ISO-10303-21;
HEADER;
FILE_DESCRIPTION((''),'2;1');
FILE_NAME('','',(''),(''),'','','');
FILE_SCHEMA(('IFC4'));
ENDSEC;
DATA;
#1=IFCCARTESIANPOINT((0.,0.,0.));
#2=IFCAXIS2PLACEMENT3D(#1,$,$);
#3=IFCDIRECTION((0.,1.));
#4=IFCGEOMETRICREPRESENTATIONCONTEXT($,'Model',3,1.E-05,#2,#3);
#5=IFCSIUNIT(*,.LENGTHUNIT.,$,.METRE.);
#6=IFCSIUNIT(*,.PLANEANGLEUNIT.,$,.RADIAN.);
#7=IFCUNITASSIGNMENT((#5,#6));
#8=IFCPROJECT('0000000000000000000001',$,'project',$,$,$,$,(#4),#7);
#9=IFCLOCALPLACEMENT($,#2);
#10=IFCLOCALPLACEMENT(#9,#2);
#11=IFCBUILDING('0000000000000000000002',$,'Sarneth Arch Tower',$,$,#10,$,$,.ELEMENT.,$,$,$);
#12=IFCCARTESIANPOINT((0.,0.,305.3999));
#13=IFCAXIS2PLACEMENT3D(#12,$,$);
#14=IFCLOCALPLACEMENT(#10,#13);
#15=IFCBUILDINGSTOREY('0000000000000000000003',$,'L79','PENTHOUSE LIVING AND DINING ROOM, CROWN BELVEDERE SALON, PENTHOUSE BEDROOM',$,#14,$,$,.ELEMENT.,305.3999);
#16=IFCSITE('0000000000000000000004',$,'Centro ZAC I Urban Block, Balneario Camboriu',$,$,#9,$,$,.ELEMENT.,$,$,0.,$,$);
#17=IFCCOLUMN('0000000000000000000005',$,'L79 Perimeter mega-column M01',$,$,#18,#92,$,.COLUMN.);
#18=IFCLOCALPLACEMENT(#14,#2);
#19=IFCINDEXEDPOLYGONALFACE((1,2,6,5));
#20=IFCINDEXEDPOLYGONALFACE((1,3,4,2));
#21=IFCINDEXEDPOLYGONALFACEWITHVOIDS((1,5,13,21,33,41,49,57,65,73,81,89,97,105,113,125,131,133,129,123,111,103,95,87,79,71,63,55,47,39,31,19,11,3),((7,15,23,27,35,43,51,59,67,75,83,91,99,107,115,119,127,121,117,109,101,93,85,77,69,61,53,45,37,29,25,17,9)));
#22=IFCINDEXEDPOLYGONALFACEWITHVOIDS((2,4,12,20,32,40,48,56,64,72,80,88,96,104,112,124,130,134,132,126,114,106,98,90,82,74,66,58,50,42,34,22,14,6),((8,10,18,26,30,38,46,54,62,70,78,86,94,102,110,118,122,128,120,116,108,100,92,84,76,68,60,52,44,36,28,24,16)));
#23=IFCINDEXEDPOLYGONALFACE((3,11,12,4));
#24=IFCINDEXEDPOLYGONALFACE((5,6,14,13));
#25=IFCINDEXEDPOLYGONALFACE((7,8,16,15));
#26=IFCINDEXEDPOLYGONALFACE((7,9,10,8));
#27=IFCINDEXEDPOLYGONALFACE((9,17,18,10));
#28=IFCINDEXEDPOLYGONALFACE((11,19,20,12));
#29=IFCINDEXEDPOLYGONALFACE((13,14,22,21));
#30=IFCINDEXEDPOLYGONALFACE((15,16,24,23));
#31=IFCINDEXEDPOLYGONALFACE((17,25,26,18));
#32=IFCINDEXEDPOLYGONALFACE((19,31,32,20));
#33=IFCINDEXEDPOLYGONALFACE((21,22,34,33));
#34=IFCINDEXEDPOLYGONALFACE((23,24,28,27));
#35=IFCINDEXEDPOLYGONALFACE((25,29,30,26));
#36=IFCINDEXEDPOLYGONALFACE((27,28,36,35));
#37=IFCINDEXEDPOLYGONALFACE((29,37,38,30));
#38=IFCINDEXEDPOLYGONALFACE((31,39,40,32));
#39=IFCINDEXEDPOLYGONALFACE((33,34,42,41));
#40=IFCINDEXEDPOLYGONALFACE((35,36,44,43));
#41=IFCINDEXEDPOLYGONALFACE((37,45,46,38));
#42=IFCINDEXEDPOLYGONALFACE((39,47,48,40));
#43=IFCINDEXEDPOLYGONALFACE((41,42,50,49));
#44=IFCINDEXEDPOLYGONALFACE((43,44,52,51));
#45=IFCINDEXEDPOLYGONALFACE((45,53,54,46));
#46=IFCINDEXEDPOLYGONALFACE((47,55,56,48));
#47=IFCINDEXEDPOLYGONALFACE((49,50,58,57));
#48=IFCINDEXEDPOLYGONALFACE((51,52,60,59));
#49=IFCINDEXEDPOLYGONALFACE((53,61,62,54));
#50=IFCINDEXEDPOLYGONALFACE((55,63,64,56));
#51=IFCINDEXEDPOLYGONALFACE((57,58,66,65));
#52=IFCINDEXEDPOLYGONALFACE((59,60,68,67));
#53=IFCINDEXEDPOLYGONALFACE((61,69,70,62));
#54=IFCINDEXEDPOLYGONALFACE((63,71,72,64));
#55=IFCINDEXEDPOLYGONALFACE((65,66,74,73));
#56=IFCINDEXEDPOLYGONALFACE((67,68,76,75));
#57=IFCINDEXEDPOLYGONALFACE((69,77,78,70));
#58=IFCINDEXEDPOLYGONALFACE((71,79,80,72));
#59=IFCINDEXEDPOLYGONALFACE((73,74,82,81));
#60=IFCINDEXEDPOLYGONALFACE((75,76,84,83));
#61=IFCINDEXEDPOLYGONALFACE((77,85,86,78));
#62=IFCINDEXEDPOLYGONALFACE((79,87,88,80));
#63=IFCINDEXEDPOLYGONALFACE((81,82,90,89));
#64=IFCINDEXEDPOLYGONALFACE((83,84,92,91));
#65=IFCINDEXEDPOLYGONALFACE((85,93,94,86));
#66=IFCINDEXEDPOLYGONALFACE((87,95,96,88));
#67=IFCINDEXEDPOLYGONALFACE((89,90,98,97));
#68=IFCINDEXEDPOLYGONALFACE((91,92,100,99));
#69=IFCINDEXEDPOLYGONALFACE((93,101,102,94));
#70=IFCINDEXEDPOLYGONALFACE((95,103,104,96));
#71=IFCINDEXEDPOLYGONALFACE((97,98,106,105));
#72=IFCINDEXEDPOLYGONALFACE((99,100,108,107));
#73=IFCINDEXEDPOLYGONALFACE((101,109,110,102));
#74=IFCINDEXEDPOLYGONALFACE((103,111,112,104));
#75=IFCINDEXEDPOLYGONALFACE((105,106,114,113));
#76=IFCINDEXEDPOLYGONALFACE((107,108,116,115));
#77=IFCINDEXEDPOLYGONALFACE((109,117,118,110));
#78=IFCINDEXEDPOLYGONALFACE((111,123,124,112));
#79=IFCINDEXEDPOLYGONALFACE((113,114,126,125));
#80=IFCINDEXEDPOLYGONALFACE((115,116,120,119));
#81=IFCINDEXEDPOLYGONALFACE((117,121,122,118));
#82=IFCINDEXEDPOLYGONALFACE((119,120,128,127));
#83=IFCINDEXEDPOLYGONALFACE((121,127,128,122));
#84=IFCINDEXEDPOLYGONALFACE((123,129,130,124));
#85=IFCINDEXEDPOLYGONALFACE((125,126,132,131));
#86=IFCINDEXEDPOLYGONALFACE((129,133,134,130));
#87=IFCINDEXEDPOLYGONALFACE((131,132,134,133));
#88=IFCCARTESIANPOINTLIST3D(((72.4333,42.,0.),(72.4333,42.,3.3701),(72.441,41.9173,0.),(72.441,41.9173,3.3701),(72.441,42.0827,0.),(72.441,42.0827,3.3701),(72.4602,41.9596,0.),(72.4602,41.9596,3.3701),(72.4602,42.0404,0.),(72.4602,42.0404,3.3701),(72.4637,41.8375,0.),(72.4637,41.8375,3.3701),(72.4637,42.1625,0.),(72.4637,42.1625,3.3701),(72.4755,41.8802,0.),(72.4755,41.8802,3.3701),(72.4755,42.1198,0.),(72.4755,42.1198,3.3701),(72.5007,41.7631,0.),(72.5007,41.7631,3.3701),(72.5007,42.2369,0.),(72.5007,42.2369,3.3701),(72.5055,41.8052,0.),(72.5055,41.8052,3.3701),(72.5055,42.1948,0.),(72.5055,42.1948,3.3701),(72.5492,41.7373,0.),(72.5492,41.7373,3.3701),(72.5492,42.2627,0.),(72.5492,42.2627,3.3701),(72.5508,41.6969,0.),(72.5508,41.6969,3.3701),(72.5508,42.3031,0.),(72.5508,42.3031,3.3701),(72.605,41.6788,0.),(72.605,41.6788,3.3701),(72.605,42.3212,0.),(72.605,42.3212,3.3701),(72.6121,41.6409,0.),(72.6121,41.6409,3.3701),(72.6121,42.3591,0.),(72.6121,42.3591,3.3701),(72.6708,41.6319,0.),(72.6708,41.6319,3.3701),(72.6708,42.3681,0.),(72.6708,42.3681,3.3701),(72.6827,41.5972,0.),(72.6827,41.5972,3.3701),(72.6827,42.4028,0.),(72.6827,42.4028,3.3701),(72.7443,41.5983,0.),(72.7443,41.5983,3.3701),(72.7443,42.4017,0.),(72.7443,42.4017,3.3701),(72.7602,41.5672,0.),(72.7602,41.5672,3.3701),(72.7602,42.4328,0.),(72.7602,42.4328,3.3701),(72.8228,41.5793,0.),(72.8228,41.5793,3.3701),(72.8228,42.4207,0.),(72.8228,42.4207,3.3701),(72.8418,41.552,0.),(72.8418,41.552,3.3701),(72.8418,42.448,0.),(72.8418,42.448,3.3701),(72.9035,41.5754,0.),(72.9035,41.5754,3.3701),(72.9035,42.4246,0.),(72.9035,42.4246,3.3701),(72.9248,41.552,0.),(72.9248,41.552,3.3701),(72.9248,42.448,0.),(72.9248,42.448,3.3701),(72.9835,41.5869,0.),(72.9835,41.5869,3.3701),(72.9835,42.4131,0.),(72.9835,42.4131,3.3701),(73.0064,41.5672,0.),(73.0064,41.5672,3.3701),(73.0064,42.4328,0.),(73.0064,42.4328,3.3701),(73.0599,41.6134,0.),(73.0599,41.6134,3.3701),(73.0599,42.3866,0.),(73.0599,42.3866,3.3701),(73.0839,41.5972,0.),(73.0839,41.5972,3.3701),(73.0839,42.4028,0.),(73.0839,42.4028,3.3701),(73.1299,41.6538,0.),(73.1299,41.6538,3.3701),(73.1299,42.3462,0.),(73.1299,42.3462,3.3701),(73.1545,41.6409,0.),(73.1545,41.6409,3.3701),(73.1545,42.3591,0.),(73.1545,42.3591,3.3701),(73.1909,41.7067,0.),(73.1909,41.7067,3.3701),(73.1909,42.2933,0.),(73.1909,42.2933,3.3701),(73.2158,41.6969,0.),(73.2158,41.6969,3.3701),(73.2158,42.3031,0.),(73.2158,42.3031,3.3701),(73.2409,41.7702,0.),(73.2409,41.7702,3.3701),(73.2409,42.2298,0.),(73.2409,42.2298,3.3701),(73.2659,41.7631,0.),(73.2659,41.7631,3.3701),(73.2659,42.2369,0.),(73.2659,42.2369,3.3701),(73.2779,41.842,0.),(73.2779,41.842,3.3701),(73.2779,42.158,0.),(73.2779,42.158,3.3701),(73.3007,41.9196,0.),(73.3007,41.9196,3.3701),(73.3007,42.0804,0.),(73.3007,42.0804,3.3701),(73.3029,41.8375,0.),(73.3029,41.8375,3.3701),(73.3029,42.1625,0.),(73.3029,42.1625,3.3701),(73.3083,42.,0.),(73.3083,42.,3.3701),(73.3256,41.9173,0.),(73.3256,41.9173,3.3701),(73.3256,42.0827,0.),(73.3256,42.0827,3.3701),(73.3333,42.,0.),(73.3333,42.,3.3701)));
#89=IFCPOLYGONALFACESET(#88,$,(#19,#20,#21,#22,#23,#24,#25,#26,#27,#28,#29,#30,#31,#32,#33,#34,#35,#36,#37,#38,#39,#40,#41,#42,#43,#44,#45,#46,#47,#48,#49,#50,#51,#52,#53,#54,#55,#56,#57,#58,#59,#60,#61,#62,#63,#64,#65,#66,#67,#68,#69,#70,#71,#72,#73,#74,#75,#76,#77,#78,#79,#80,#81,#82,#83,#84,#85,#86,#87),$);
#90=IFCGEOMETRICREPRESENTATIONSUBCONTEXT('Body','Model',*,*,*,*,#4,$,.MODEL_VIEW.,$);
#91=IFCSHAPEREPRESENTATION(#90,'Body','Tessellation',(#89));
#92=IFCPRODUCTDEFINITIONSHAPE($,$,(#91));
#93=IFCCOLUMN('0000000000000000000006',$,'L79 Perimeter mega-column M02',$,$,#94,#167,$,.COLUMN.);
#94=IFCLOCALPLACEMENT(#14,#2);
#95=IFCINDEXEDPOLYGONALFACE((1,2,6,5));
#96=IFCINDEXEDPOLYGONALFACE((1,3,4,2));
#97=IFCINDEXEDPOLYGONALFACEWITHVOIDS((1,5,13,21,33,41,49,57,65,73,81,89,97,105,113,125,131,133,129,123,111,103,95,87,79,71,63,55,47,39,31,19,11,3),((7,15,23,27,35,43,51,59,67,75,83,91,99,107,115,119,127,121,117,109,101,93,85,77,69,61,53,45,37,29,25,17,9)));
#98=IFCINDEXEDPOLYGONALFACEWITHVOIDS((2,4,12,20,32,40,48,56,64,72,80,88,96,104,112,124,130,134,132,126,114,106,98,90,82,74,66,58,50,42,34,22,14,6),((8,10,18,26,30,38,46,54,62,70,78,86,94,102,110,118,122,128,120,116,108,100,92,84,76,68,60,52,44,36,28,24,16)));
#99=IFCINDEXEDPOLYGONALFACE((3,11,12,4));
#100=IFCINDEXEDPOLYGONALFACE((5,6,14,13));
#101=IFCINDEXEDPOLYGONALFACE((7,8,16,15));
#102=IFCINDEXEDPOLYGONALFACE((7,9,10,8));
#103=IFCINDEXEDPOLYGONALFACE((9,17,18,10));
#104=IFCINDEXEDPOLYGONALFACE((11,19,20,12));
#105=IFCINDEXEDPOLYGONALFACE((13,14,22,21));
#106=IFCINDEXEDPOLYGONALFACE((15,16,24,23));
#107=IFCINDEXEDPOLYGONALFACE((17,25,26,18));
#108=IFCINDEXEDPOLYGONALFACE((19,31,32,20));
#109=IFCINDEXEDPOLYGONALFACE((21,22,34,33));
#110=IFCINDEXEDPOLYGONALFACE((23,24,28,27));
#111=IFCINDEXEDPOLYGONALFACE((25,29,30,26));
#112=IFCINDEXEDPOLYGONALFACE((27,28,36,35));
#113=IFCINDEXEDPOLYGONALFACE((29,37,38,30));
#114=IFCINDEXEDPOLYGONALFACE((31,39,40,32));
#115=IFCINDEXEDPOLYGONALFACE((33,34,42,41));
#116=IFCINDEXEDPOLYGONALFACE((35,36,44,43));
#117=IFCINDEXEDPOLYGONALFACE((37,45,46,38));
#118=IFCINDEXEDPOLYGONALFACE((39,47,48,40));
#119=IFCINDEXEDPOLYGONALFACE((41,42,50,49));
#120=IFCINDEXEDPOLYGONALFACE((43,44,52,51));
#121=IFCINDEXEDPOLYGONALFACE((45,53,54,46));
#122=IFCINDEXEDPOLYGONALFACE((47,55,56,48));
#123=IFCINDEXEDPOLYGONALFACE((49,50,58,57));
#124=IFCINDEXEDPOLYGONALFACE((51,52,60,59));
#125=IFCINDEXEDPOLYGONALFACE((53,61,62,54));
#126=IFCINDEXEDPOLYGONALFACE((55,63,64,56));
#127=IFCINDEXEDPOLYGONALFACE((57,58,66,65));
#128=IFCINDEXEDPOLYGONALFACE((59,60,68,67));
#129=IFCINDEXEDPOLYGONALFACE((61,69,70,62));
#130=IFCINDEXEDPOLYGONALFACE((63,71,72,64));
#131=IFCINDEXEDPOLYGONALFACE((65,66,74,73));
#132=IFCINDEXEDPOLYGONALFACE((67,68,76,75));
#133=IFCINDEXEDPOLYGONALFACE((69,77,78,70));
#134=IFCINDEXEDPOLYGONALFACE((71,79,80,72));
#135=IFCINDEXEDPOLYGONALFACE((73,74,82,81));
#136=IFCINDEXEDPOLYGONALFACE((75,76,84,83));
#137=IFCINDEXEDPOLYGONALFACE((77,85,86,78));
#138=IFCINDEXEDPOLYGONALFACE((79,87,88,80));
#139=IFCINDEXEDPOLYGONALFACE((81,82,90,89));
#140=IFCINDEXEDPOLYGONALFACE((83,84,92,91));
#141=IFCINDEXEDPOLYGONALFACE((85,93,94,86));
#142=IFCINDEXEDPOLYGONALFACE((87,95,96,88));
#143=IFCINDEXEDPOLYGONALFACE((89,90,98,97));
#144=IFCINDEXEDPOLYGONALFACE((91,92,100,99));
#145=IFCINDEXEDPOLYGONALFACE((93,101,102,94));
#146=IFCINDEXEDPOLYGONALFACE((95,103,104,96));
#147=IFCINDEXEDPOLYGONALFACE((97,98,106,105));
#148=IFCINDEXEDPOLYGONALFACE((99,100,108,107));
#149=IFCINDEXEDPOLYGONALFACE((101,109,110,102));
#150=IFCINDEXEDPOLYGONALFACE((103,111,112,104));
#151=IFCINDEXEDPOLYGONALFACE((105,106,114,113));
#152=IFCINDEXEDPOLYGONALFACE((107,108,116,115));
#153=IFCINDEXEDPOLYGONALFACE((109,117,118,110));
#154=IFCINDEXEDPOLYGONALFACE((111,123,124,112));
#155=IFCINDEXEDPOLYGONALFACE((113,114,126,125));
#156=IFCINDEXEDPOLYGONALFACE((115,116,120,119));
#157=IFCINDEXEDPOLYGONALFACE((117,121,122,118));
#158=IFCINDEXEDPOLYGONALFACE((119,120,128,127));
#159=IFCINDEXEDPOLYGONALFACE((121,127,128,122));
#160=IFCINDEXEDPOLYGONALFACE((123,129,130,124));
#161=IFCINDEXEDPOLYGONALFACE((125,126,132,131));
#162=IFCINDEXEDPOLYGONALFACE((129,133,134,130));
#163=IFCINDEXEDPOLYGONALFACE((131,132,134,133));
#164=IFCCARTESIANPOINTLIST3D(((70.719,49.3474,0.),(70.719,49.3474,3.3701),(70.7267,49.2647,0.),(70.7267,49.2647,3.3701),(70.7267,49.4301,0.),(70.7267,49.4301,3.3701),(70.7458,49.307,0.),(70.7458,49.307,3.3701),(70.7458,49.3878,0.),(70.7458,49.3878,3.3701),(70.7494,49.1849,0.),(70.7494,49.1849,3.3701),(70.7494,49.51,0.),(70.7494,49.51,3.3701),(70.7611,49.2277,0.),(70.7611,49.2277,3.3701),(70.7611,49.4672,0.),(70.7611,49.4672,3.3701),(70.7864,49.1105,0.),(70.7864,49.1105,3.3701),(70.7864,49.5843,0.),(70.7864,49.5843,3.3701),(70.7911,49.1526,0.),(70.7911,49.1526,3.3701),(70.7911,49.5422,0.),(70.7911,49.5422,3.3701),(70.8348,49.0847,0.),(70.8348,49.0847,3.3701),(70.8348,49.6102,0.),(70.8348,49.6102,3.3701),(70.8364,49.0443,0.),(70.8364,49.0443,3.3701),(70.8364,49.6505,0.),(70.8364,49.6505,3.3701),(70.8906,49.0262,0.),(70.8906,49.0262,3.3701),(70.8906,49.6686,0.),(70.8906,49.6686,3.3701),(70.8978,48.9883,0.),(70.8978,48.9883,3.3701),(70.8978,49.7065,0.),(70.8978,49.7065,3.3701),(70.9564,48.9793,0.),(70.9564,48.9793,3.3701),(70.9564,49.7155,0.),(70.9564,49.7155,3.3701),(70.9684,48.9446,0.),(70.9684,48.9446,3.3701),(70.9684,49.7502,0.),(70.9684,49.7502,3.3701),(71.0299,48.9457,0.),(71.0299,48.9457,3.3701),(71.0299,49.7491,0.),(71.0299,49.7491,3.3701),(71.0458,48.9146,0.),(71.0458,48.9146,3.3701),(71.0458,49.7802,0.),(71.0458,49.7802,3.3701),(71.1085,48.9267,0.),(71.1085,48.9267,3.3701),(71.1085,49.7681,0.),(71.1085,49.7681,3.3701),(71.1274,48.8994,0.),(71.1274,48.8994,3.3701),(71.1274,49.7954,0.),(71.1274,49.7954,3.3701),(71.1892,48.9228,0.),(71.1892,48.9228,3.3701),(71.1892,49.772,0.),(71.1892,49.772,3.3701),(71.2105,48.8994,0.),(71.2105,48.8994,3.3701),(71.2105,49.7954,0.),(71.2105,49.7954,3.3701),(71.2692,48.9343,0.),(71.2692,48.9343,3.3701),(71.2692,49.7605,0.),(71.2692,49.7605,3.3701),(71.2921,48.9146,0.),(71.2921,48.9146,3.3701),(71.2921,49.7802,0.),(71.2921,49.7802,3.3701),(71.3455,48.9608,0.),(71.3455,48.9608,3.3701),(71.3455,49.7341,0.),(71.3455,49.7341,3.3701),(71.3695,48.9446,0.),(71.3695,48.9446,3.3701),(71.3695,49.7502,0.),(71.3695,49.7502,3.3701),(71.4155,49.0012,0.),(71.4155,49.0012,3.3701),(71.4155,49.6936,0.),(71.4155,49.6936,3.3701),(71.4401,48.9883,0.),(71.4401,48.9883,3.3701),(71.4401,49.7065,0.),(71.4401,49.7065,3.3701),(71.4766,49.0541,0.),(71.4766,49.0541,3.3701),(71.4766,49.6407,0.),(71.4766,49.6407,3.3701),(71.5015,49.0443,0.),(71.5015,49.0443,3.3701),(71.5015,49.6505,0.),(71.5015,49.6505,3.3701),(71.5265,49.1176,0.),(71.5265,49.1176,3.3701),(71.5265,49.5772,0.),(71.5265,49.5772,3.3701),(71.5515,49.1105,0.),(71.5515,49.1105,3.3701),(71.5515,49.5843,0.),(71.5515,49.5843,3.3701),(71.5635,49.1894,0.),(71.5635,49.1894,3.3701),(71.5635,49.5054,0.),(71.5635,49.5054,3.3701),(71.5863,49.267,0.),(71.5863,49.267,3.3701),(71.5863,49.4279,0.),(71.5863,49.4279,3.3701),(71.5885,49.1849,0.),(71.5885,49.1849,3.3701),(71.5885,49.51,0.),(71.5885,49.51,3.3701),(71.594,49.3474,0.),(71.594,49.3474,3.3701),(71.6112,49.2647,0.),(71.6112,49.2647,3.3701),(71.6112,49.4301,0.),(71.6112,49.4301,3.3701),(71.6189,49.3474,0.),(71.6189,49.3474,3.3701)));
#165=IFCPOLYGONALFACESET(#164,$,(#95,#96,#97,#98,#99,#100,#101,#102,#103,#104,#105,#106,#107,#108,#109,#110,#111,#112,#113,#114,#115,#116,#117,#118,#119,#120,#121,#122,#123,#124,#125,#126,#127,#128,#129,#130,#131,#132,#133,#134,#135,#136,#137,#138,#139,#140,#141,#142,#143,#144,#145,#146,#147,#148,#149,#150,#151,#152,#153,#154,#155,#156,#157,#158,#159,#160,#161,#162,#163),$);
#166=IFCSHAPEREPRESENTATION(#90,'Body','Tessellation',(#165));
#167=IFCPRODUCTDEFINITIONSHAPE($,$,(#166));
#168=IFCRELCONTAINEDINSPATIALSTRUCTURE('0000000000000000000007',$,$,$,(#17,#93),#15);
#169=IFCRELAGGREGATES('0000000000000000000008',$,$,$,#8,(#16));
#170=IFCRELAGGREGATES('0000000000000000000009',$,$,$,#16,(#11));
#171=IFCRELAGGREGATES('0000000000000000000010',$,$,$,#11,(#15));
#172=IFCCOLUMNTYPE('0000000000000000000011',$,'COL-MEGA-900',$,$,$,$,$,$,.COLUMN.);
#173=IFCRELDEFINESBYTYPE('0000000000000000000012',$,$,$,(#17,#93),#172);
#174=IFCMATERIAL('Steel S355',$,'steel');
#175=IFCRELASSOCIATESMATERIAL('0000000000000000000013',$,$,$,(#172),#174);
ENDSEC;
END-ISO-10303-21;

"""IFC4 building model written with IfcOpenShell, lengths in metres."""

from ifc_helpers import new_model, si_unit, direction, frame, origin, origin_2d, place, context, subcontext, project, spatial, hollow_circle, extrude, material, material_profile, profile_set, type_object, element, save


model = new_model("IFC4")

# Units and contexts
model_context = context("Model", 3, precision=1e-05, world=origin(), true_north=direction((0.0, 1.0)))
body_context = subcontext(model_context, "Body", "Model", "MODEL_VIEW")
ifc_project = project(units=[si_unit("LENGTHUNIT", "METRE"), si_unit("PLANEANGLEUNIT", "RADIAN")], contexts=[model_context])

# Site, building, storey
site_placement = place(None, origin())
site = spatial("IfcSite", under=ifc_project, at=site_placement, Name="Centro ZAC I Urban Block, Balneario Camboriu", CompositionType="ELEMENT", RefElevation=0.0)
building_placement = place(site_placement, origin())
building = spatial("IfcBuilding", under=site, at=building_placement, Name="Sarneth Arch Tower", CompositionType="ELEMENT")
storey_placement = place(building_placement, frame((0.0, 0.0, 305.3999)))
storey = spatial("IfcBuildingStorey", under=building, at=storey_placement, Name="L79", Description="PENTHOUSE LIVING AND DINING ROOM, CROWN BELVEDERE SALON, PENTHOUSE BEDROOM", CompositionType="ELEMENT", Elevation=305.3999)

# Columns
ifc_material_1 = material(Name="Steel S355", Category="steel")
ifc_material_profile_1 = material_profile(ifc_material_1, hollow_circle(Radius=0.45, WallThickness=0.0249, at=origin_2d()), Name="CHS900x25")
ifc_profile_set_1 = profile_set([ifc_material_profile_1], Name="Steel S355")
column_type = type_object("IfcColumnType", Name="COL-MEGA-900", PredefinedType="COLUMN", material=ifc_profile_set_1)
for number, where, z_axis, x_axis, name in (
    (1, (72.8833, 42.0, 0.0), (0.0, 0.0, 1.0), (1.0, 0.0, 0.0), "L79 Perimeter mega-column M01"),
    (2, (71.1689, 49.3474, 0.0), (0.0, 0.0, 1.0), (1.0, 0.0, 0.0), "L79 Perimeter mega-column M02"),
):
    element("IfcColumn", number, at=place(storey_placement, frame(where, z_axis=z_axis, x_axis=x_axis)), inside=storey, type_object=column_type, Name=name, PredefinedType="COLUMN", context=body_context, shape_type="SweptSolid", body=[
        extrude(hollow_circle(Radius=0.45, WallThickness=0.0249, at=origin_2d()), origin(), (0.0, 0.0, 1.0), 3.3701),
    ])

save(model, "model.ifc")
